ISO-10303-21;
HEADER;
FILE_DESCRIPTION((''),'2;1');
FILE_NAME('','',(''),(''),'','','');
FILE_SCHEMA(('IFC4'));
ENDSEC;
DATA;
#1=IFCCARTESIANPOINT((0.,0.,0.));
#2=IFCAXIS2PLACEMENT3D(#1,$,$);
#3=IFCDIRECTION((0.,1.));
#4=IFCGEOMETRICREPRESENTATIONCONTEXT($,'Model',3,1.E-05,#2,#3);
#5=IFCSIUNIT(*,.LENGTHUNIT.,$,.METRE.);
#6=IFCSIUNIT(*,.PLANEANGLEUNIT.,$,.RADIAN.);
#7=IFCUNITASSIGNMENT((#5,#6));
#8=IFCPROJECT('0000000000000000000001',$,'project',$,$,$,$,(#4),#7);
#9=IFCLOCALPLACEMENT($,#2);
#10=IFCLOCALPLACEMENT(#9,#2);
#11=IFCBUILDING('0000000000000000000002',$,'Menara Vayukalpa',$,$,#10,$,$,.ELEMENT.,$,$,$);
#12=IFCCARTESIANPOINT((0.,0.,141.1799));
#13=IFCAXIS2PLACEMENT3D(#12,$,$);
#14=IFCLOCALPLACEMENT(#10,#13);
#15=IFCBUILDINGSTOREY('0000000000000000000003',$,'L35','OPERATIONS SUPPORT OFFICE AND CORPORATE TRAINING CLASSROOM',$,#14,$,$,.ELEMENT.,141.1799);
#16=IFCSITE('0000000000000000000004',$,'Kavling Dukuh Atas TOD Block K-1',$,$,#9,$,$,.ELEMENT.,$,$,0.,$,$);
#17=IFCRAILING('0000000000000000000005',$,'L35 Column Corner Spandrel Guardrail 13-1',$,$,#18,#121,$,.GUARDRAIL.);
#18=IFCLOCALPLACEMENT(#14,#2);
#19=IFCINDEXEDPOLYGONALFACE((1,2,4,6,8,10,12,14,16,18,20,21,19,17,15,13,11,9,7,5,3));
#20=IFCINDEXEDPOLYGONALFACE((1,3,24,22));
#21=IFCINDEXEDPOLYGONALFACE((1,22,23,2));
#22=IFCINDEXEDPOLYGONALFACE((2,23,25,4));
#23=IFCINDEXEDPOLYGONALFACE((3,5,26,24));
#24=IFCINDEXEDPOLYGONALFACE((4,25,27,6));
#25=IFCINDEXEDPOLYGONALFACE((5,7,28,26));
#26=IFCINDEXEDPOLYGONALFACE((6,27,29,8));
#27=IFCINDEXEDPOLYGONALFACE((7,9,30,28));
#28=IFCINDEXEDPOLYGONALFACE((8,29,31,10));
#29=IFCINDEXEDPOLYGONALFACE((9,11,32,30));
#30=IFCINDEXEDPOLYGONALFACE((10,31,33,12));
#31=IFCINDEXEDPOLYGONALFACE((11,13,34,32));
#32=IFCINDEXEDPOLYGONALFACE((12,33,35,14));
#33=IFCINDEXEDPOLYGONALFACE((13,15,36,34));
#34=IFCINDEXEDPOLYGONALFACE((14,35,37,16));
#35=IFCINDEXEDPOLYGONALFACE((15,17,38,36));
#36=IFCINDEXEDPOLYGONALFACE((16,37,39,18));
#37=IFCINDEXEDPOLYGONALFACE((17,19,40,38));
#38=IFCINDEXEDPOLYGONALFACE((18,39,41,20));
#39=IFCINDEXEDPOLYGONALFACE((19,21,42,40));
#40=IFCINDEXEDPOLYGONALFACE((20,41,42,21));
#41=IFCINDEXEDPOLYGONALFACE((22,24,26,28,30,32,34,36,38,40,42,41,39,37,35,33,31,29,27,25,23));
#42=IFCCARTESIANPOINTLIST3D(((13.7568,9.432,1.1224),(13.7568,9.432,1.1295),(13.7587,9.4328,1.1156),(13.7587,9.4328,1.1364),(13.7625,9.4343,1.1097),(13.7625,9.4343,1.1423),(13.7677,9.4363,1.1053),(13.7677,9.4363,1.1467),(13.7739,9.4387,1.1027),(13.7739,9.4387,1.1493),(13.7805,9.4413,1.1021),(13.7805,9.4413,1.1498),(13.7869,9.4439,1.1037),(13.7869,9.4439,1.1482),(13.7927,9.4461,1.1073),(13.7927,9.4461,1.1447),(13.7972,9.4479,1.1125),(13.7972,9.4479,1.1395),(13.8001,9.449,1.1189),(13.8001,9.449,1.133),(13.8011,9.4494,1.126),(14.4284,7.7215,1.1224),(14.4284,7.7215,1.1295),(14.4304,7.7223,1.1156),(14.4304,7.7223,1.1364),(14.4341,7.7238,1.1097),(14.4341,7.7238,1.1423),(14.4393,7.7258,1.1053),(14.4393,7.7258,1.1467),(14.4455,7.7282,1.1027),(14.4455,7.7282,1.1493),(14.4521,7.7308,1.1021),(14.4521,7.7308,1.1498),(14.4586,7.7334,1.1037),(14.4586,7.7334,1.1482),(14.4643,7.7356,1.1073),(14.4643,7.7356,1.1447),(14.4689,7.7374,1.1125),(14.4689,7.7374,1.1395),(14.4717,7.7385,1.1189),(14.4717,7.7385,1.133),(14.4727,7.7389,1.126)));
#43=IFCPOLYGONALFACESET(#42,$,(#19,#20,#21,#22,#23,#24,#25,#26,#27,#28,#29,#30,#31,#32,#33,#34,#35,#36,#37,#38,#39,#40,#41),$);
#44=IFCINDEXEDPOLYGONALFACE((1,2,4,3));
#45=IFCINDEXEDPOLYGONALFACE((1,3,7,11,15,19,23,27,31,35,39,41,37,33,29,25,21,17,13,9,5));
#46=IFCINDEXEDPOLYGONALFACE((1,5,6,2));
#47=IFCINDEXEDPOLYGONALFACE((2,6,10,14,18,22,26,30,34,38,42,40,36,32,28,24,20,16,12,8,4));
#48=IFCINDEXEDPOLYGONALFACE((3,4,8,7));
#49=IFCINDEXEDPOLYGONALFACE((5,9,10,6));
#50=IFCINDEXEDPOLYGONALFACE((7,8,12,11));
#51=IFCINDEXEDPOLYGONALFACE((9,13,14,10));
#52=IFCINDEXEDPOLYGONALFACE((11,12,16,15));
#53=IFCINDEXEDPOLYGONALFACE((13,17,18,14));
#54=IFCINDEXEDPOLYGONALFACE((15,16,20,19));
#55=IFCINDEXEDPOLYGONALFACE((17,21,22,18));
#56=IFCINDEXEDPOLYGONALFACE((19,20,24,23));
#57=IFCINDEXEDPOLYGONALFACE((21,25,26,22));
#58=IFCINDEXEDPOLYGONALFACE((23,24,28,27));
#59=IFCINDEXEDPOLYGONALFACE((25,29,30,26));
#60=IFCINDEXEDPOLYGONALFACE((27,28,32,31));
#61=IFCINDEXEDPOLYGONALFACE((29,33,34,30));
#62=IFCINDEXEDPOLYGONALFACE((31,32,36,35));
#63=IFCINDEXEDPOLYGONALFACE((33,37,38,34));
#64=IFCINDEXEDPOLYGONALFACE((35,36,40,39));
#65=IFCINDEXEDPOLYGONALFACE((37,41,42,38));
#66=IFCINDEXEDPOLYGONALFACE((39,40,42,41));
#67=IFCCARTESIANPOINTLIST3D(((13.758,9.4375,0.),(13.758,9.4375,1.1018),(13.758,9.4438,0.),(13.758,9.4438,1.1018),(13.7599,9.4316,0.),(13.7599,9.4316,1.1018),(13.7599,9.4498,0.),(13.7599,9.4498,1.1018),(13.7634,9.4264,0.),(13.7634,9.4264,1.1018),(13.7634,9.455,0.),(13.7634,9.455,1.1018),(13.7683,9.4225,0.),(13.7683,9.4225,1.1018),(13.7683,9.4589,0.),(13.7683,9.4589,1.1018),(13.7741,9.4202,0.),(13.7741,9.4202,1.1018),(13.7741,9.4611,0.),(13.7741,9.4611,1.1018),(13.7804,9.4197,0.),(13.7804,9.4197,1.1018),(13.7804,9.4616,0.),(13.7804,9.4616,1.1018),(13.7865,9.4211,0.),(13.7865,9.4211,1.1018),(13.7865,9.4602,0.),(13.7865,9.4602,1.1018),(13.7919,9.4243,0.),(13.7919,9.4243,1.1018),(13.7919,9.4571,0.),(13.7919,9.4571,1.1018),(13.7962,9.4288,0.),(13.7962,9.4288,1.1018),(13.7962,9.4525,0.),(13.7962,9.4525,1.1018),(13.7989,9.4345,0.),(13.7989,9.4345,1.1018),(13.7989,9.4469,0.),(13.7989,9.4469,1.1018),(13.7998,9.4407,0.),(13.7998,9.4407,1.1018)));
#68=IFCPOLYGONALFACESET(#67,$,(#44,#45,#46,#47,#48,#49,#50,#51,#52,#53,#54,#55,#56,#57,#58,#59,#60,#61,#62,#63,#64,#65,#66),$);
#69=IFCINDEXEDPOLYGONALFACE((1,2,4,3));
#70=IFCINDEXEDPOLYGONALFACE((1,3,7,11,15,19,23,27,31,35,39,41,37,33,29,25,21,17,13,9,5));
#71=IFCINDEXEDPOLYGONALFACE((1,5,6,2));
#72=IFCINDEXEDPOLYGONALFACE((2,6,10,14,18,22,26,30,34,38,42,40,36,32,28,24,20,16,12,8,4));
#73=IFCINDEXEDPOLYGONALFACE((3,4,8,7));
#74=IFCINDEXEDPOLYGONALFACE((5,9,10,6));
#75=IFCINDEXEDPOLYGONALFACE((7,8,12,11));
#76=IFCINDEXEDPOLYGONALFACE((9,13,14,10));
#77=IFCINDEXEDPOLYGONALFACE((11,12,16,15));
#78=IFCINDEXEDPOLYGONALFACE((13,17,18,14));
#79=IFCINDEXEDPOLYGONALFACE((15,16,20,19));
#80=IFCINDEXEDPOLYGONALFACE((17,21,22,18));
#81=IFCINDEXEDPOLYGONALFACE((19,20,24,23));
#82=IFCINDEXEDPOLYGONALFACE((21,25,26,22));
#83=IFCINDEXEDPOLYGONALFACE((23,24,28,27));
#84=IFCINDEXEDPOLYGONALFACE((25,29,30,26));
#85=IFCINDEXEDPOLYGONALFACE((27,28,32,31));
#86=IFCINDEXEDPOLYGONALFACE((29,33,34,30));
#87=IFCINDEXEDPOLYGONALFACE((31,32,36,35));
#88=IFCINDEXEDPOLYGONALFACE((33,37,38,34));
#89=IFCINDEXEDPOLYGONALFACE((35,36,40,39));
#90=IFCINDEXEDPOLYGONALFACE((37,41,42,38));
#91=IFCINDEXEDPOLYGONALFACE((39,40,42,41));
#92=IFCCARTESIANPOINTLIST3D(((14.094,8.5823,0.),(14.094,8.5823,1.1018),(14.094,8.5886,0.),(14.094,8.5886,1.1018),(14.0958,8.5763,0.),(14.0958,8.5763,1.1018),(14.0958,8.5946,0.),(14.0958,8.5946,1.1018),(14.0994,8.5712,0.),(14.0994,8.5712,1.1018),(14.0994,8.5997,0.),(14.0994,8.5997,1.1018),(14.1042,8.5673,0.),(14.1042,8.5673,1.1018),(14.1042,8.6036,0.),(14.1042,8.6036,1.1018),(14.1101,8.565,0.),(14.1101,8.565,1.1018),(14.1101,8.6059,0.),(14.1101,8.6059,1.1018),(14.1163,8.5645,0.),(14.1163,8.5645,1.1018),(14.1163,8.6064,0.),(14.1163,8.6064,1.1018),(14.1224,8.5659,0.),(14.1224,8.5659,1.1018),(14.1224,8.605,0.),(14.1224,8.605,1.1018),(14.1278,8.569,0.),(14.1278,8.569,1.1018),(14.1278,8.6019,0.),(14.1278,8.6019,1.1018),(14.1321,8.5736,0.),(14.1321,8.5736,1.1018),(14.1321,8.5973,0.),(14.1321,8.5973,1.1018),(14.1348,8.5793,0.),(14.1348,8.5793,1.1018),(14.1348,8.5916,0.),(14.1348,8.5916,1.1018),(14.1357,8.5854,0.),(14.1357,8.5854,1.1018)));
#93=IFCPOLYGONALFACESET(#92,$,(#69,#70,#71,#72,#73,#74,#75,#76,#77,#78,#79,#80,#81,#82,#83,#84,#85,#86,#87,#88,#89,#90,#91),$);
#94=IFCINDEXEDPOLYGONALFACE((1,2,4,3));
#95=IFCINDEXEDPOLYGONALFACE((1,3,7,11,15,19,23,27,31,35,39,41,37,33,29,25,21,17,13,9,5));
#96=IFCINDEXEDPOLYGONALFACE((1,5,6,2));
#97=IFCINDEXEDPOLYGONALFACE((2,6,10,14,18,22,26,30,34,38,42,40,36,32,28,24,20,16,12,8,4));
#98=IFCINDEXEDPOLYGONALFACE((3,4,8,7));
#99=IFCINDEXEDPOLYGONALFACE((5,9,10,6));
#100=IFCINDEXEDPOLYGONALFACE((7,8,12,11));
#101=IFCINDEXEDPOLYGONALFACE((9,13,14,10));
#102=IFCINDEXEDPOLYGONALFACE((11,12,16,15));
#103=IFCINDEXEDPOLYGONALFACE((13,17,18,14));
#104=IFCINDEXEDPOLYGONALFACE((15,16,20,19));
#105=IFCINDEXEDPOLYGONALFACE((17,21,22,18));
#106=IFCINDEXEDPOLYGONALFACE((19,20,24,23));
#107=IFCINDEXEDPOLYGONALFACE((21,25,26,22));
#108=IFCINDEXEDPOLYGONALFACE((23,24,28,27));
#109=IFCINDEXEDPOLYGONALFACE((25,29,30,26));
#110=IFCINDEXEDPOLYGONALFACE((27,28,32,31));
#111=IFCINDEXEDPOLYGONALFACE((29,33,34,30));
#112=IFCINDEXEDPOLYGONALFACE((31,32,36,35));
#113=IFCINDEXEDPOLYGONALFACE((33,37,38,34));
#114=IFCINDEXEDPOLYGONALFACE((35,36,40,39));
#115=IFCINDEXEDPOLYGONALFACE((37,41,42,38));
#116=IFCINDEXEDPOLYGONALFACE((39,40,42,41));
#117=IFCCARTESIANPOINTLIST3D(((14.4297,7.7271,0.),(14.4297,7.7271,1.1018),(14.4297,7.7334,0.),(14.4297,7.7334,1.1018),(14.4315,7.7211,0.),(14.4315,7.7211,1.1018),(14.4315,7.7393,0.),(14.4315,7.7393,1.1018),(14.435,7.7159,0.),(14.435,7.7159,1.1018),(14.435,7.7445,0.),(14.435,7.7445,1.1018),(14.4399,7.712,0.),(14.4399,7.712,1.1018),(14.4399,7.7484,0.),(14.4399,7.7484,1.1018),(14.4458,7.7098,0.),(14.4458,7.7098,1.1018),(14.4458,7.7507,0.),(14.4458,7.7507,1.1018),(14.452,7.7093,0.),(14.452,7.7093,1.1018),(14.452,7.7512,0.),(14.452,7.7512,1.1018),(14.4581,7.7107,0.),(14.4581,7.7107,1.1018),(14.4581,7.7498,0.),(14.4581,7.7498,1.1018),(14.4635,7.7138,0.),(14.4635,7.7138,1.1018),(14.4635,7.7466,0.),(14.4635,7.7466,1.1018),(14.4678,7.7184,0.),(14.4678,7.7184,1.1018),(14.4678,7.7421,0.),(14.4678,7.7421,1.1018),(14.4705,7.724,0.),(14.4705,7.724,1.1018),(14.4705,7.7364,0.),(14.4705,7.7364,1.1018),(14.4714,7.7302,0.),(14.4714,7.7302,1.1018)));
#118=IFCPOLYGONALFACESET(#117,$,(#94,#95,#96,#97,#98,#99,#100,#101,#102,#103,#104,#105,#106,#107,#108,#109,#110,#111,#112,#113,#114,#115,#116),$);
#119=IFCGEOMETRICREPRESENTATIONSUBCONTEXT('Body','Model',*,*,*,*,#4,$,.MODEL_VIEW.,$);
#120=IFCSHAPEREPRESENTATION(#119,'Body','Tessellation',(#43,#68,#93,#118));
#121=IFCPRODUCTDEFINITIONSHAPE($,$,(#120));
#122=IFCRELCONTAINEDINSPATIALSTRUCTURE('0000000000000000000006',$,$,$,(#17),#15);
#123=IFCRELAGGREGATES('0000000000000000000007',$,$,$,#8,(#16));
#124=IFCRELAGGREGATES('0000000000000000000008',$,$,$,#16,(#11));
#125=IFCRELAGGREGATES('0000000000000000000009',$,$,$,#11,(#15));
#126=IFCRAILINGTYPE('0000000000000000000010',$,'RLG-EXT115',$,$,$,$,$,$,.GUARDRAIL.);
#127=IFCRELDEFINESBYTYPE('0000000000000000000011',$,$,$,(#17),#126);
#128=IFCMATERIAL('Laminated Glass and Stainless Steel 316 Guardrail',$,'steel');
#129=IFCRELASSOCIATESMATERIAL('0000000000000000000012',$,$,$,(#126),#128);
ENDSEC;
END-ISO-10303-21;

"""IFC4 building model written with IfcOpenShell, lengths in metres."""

from ifc_helpers import new_model, si_unit, direction, frame, origin, origin_2d, place, context, subcontext, project, spatial, circle, extrude, material, type_object, element, save


model = new_model("IFC4")

# Units and contexts
model_context = context("Model", 3, precision=1e-05, world=origin(), true_north=direction((0.0, 1.0)))
body_context = subcontext(model_context, "Body", "Model", "MODEL_VIEW")
ifc_project = project(units=[si_unit("LENGTHUNIT", "METRE"), si_unit("PLANEANGLEUNIT", "RADIAN")], contexts=[model_context])

# Site, building, storey
site_placement = place(None, origin())
site = spatial("IfcSite", under=ifc_project, at=site_placement, Name="Kavling Dukuh Atas TOD Block K-1", CompositionType="ELEMENT", RefElevation=0.0)
building_placement = place(site_placement, origin())
building = spatial("IfcBuilding", under=site, at=building_placement, Name="Menara Vayukalpa", CompositionType="ELEMENT")
storey_placement = place(building_placement, frame((0.0, 0.0, 141.1799)))
storey = spatial("IfcBuildingStorey", under=building, at=storey_placement, Name="L35", Description="OPERATIONS SUPPORT OFFICE AND CORPORATE TRAINING CLASSROOM", CompositionType="ELEMENT", Elevation=141.1799)

# Railing
ifc_material_1 = material(Name="Laminated Glass and Stainless Steel 316 Guardrail", Category="steel")
railing_type = type_object("IfcRailingType", Name="RLG-EXT115", PredefinedType="GUARDRAIL", material=ifc_material_1)
railing_1_placement = place(storey_placement, frame((13.7788, 9.4407, 0.0)))
element("IfcRailing", 1, at=railing_1_placement, inside=storey, type_object=railing_type, Name="L35 Column Corner Spandrel Guardrail 13-1", PredefinedType="GUARDRAIL", context=body_context, shape_type="SweptSolid", body=[
    extrude(circle(Radius=0.0239, at=origin_2d()), frame((0.0, 0.0, 1.126), z_axis=(0.365496, -0.930813, 0.0), x_axis=(0.930813, 0.365496, 0.0)), (0.0, 0.0, 1.0), 1.8376),
    extrude(circle(Radius=0.021, at=origin_2d()), origin(), (0.0, 0.0, 1.0), 1.1018),
    extrude(circle(Radius=0.021, at=origin_2d()), frame((0.3359, -0.8552, 0.0)), (0.0, 0.0, 1.0), 1.1018),
    extrude(circle(Radius=0.021, at=origin_2d()), frame((0.6716, -1.7104, 0.0)), (0.0, 0.0, 1.0), 1.1018),
])

save(model, "model.ifc")
